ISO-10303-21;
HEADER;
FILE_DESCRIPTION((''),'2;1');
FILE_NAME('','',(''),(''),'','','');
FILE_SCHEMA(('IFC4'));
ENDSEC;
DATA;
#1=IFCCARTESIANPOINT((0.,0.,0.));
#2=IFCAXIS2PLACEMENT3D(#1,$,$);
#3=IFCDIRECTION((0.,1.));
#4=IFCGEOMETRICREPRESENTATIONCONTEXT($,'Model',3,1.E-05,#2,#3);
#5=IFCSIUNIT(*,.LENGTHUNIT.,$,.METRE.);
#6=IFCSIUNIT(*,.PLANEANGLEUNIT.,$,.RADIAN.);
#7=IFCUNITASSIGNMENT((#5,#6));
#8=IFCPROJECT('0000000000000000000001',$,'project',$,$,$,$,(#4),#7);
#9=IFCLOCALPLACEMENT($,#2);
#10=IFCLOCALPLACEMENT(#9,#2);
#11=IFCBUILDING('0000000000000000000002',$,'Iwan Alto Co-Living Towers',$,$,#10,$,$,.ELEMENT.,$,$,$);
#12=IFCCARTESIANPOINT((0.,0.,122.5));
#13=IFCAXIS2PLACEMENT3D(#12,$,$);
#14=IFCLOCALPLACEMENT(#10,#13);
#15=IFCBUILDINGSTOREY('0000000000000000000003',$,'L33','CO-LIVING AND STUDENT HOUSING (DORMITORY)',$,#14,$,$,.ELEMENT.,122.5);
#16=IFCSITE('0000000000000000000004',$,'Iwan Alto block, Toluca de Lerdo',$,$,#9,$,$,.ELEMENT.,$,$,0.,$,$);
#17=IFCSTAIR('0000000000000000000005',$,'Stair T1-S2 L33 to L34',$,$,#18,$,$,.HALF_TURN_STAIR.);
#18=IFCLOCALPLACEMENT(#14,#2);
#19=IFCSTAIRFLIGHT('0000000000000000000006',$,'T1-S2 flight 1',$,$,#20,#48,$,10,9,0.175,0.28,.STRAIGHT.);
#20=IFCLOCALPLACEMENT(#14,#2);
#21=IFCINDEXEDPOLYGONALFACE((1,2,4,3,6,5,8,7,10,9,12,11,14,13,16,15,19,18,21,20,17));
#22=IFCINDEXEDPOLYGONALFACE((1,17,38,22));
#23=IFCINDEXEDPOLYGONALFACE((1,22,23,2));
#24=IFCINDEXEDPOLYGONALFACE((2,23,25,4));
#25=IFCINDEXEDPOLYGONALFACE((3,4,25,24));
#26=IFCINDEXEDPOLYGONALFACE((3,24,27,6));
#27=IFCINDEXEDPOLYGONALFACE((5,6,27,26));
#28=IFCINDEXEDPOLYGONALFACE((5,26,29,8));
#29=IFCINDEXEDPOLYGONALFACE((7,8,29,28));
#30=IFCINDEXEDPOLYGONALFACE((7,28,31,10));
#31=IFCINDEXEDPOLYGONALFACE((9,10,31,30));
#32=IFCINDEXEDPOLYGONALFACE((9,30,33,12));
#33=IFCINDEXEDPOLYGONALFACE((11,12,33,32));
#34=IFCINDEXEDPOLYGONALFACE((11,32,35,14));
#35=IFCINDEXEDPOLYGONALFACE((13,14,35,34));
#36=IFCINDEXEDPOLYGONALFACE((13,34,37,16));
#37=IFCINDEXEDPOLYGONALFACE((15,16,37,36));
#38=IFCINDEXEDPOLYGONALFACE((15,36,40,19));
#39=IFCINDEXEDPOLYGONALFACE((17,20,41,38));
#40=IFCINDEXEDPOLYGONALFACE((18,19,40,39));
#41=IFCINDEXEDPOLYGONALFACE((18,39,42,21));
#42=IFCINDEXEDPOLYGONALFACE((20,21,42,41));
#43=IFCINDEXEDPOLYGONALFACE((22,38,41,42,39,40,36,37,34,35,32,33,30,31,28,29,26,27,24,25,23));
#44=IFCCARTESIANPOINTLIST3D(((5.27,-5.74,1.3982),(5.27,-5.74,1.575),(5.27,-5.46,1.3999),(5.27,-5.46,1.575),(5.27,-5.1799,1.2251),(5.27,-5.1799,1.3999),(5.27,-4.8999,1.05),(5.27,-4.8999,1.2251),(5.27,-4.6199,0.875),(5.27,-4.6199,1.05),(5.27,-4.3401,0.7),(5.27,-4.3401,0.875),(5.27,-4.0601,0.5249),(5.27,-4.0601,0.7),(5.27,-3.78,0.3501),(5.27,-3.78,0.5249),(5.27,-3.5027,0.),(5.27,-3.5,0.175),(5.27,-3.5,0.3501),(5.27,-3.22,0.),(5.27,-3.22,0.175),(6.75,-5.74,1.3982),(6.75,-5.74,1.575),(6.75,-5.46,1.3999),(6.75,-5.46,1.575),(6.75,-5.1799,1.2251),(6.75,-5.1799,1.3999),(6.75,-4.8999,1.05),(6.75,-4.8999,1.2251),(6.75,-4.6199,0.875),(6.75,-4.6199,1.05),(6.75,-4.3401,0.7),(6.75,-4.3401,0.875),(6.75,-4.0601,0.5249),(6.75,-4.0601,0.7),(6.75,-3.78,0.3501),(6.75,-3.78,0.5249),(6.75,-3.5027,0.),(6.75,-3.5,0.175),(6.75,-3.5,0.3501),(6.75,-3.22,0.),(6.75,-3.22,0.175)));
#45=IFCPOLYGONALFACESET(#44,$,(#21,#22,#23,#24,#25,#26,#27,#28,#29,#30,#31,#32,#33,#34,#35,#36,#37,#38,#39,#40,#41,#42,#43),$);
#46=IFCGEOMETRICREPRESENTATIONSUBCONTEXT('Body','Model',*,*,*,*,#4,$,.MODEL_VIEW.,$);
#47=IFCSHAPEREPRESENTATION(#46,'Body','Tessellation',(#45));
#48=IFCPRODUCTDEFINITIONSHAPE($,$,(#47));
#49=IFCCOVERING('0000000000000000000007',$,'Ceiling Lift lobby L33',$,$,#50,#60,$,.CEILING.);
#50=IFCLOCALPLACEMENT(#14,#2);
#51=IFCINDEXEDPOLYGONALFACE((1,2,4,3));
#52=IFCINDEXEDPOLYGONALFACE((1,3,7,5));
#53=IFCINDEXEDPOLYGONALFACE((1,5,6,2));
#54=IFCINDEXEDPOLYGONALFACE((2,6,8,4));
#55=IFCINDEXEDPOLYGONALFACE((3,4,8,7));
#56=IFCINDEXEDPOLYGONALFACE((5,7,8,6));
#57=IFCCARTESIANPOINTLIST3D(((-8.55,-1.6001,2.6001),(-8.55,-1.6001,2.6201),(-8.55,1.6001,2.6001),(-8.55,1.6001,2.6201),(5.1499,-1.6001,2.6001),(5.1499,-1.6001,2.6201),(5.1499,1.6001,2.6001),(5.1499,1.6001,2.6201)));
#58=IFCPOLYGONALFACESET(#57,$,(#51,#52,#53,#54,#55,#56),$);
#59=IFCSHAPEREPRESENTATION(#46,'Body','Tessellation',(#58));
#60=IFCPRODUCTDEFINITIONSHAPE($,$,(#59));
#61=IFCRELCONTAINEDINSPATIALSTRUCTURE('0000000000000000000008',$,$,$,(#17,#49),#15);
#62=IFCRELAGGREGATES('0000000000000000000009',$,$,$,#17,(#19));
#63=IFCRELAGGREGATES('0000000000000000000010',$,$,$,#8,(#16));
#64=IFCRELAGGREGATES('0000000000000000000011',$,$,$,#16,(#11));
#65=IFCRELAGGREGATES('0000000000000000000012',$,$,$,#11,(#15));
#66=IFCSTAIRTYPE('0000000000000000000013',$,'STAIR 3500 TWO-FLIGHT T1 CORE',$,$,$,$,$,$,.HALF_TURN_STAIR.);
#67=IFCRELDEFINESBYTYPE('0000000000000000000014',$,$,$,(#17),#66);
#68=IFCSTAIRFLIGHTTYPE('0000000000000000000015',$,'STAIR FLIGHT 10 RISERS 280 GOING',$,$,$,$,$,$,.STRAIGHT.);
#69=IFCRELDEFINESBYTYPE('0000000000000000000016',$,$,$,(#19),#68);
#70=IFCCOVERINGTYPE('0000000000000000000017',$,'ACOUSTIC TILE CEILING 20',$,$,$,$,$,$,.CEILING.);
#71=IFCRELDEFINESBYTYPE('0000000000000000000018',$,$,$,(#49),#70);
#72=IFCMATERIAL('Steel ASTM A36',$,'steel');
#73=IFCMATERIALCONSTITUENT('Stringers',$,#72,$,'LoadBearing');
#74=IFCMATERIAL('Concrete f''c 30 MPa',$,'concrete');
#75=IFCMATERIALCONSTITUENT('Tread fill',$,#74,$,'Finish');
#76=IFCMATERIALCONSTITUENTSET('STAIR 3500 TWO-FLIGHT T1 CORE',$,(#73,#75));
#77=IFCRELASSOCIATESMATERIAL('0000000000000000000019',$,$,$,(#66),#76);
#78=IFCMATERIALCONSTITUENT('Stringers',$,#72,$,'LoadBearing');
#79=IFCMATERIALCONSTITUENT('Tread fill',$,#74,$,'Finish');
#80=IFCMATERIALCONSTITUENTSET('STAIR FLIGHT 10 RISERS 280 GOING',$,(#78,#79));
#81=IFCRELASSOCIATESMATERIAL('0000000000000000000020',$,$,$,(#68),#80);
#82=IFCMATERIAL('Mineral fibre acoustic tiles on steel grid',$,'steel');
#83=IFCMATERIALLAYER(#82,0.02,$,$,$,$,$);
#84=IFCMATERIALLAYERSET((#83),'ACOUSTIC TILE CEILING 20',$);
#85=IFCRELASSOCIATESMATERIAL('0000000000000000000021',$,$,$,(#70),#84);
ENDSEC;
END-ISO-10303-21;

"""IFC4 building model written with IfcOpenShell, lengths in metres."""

from ifc_helpers import new_model, si_unit, direction, frame, origin, place, context, subcontext, project, spatial, polyline, outline, extrude, material, layer, layer_set, constituent, constituent_set, type_object, element, aggregate, save


model = new_model("IFC4")

# Units and contexts
model_context = context("Model", 3, precision=1e-05, world=origin(), true_north=direction((0.0, 1.0)))
body_context = subcontext(model_context, "Body", "Model", "MODEL_VIEW")
ifc_project = project(units=[si_unit("LENGTHUNIT", "METRE"), si_unit("PLANEANGLEUNIT", "RADIAN")], contexts=[model_context])

# Site, building, storey
site_placement = place(None, origin())
site = spatial("IfcSite", under=ifc_project, at=site_placement, Name="Iwan Alto block, Toluca de Lerdo", CompositionType="ELEMENT", RefElevation=0.0)
building_placement = place(site_placement, origin())
building = spatial("IfcBuilding", under=site, at=building_placement, Name="Iwan Alto Co-Living Towers", CompositionType="ELEMENT")
storey_placement = place(building_placement, frame((0.0, 0.0, 122.5)))
storey = spatial("IfcBuildingStorey", under=building, at=storey_placement, Name="L33", Description="CO-LIVING AND STUDENT HOUSING (DORMITORY)", CompositionType="ELEMENT", Elevation=122.5)

# Stair
ifc_material_1 = material(Name="Steel ASTM A36", Category="steel")
ifc_constituent_1 = constituent(ifc_material_1, Name="Stringers", Category="LoadBearing")
ifc_material_2 = material(Name="Concrete f'c 30 MPa", Category="concrete")
ifc_constituent_2 = constituent(ifc_material_2, Name="Tread fill", Category="Finish")
ifc_constituent_set_1 = constituent_set(constituents=[ifc_constituent_1, ifc_constituent_2], Name="STAIR 3500 TWO-FLIGHT T1 CORE")
stair_type_1 = type_object("IfcStairType", Name="STAIR 3500 TWO-FLIGHT T1 CORE", PredefinedType="HALF_TURN_STAIR", material=ifc_constituent_set_1)
stair_1_placement = place(storey_placement, origin())
stair_1 = element("IfcStair", 1, at=stair_1_placement, inside=storey, type_object=stair_type_1, Name="Stair T1-S2 L33 to L34", PredefinedType="HALF_TURN_STAIR")

# Stair flight
ifc_constituent_3 = constituent(ifc_material_1, Name="Stringers", Category="LoadBearing")
ifc_constituent_4 = constituent(ifc_material_2, Name="Tread fill", Category="Finish")
ifc_constituent_set_2 = constituent_set(constituents=[ifc_constituent_3, ifc_constituent_4], Name="STAIR FLIGHT 10 RISERS 280 GOING")
stair_flight_type = type_object("IfcStairFlightType", Name="STAIR FLIGHT 10 RISERS 280 GOING", PredefinedType="STRAIGHT", material=ifc_constituent_set_2)
stair_flight_placement = place(storey_placement, frame((6.01, -3.22, 0.0), z_axis=(0.0, 0.0, 1.0), x_axis=(0.0, -1.0, 0.0)))
stair_flight = element("IfcStairFlight", 2, at=stair_flight_placement, type_object=stair_flight_type, Name="T1-S2 flight 1", NumberOfRisers=10, NumberOfTreads=9, PredefinedType="STRAIGHT", RiserHeight=0.175, TreadLength=0.28, context=body_context, shape_type="SweptSolid", body=[
    extrude(outline(polyline([(0.0, 0.0), (0.0, 0.175), (0.28, 0.175), (0.28, 0.3501), (0.5601, 0.3501), (0.5601, 0.5249), (0.8401, 0.5249), (0.8401, 0.7), (1.1201, 0.7), (1.1201, 0.875), (1.3999, 0.875), (1.3999, 1.05), (1.6799, 1.05), (1.6799, 1.2251), (1.96, 1.2251), (1.96, 1.3999), (2.24, 1.3999), (2.24, 1.575), (2.52, 1.575), (2.52, 1.75), (2.52, 1.3982), (0.2827, 0.0), (0.0, 0.0)])), frame((0.0, 0.74, 0.0), z_axis=(0.0, -1.0, 0.0), x_axis=(1.0, 0.0, 0.0)), (0.0, 0.0, 1.0), 1.48),
])
aggregate(stair_1, [stair_flight])

# Covering
ifc_material_3 = material(Name="Mineral fibre acoustic tiles on steel grid", Category="steel")
ifc_layer_1 = layer(ifc_material_3, 0.02)
ifc_layer_set_1 = layer_set([ifc_layer_1], Name="ACOUSTIC TILE CEILING 20")
covering_type = type_object("IfcCoveringType", Name="ACOUSTIC TILE CEILING 20", PredefinedType="CEILING", material=ifc_layer_set_1)
covering_placement = place(storey_placement, frame((0.0, 0.0, 2.6001)))
element("IfcCovering", 3, at=covering_placement, inside=storey, type_object=covering_type, Name="Ceiling Lift lobby L33", PredefinedType="CEILING", context=body_context, shape_type="SweptSolid", body=[
    extrude(outline(polyline([(-8.55, -1.6001), (-8.55, 1.6001), (5.1499, 1.6001), (5.1499, -1.6001), (-8.55, -1.6001)])), origin(), (0.0, 0.0, 1.0), 0.02),
])

save(model, "model.ifc")
